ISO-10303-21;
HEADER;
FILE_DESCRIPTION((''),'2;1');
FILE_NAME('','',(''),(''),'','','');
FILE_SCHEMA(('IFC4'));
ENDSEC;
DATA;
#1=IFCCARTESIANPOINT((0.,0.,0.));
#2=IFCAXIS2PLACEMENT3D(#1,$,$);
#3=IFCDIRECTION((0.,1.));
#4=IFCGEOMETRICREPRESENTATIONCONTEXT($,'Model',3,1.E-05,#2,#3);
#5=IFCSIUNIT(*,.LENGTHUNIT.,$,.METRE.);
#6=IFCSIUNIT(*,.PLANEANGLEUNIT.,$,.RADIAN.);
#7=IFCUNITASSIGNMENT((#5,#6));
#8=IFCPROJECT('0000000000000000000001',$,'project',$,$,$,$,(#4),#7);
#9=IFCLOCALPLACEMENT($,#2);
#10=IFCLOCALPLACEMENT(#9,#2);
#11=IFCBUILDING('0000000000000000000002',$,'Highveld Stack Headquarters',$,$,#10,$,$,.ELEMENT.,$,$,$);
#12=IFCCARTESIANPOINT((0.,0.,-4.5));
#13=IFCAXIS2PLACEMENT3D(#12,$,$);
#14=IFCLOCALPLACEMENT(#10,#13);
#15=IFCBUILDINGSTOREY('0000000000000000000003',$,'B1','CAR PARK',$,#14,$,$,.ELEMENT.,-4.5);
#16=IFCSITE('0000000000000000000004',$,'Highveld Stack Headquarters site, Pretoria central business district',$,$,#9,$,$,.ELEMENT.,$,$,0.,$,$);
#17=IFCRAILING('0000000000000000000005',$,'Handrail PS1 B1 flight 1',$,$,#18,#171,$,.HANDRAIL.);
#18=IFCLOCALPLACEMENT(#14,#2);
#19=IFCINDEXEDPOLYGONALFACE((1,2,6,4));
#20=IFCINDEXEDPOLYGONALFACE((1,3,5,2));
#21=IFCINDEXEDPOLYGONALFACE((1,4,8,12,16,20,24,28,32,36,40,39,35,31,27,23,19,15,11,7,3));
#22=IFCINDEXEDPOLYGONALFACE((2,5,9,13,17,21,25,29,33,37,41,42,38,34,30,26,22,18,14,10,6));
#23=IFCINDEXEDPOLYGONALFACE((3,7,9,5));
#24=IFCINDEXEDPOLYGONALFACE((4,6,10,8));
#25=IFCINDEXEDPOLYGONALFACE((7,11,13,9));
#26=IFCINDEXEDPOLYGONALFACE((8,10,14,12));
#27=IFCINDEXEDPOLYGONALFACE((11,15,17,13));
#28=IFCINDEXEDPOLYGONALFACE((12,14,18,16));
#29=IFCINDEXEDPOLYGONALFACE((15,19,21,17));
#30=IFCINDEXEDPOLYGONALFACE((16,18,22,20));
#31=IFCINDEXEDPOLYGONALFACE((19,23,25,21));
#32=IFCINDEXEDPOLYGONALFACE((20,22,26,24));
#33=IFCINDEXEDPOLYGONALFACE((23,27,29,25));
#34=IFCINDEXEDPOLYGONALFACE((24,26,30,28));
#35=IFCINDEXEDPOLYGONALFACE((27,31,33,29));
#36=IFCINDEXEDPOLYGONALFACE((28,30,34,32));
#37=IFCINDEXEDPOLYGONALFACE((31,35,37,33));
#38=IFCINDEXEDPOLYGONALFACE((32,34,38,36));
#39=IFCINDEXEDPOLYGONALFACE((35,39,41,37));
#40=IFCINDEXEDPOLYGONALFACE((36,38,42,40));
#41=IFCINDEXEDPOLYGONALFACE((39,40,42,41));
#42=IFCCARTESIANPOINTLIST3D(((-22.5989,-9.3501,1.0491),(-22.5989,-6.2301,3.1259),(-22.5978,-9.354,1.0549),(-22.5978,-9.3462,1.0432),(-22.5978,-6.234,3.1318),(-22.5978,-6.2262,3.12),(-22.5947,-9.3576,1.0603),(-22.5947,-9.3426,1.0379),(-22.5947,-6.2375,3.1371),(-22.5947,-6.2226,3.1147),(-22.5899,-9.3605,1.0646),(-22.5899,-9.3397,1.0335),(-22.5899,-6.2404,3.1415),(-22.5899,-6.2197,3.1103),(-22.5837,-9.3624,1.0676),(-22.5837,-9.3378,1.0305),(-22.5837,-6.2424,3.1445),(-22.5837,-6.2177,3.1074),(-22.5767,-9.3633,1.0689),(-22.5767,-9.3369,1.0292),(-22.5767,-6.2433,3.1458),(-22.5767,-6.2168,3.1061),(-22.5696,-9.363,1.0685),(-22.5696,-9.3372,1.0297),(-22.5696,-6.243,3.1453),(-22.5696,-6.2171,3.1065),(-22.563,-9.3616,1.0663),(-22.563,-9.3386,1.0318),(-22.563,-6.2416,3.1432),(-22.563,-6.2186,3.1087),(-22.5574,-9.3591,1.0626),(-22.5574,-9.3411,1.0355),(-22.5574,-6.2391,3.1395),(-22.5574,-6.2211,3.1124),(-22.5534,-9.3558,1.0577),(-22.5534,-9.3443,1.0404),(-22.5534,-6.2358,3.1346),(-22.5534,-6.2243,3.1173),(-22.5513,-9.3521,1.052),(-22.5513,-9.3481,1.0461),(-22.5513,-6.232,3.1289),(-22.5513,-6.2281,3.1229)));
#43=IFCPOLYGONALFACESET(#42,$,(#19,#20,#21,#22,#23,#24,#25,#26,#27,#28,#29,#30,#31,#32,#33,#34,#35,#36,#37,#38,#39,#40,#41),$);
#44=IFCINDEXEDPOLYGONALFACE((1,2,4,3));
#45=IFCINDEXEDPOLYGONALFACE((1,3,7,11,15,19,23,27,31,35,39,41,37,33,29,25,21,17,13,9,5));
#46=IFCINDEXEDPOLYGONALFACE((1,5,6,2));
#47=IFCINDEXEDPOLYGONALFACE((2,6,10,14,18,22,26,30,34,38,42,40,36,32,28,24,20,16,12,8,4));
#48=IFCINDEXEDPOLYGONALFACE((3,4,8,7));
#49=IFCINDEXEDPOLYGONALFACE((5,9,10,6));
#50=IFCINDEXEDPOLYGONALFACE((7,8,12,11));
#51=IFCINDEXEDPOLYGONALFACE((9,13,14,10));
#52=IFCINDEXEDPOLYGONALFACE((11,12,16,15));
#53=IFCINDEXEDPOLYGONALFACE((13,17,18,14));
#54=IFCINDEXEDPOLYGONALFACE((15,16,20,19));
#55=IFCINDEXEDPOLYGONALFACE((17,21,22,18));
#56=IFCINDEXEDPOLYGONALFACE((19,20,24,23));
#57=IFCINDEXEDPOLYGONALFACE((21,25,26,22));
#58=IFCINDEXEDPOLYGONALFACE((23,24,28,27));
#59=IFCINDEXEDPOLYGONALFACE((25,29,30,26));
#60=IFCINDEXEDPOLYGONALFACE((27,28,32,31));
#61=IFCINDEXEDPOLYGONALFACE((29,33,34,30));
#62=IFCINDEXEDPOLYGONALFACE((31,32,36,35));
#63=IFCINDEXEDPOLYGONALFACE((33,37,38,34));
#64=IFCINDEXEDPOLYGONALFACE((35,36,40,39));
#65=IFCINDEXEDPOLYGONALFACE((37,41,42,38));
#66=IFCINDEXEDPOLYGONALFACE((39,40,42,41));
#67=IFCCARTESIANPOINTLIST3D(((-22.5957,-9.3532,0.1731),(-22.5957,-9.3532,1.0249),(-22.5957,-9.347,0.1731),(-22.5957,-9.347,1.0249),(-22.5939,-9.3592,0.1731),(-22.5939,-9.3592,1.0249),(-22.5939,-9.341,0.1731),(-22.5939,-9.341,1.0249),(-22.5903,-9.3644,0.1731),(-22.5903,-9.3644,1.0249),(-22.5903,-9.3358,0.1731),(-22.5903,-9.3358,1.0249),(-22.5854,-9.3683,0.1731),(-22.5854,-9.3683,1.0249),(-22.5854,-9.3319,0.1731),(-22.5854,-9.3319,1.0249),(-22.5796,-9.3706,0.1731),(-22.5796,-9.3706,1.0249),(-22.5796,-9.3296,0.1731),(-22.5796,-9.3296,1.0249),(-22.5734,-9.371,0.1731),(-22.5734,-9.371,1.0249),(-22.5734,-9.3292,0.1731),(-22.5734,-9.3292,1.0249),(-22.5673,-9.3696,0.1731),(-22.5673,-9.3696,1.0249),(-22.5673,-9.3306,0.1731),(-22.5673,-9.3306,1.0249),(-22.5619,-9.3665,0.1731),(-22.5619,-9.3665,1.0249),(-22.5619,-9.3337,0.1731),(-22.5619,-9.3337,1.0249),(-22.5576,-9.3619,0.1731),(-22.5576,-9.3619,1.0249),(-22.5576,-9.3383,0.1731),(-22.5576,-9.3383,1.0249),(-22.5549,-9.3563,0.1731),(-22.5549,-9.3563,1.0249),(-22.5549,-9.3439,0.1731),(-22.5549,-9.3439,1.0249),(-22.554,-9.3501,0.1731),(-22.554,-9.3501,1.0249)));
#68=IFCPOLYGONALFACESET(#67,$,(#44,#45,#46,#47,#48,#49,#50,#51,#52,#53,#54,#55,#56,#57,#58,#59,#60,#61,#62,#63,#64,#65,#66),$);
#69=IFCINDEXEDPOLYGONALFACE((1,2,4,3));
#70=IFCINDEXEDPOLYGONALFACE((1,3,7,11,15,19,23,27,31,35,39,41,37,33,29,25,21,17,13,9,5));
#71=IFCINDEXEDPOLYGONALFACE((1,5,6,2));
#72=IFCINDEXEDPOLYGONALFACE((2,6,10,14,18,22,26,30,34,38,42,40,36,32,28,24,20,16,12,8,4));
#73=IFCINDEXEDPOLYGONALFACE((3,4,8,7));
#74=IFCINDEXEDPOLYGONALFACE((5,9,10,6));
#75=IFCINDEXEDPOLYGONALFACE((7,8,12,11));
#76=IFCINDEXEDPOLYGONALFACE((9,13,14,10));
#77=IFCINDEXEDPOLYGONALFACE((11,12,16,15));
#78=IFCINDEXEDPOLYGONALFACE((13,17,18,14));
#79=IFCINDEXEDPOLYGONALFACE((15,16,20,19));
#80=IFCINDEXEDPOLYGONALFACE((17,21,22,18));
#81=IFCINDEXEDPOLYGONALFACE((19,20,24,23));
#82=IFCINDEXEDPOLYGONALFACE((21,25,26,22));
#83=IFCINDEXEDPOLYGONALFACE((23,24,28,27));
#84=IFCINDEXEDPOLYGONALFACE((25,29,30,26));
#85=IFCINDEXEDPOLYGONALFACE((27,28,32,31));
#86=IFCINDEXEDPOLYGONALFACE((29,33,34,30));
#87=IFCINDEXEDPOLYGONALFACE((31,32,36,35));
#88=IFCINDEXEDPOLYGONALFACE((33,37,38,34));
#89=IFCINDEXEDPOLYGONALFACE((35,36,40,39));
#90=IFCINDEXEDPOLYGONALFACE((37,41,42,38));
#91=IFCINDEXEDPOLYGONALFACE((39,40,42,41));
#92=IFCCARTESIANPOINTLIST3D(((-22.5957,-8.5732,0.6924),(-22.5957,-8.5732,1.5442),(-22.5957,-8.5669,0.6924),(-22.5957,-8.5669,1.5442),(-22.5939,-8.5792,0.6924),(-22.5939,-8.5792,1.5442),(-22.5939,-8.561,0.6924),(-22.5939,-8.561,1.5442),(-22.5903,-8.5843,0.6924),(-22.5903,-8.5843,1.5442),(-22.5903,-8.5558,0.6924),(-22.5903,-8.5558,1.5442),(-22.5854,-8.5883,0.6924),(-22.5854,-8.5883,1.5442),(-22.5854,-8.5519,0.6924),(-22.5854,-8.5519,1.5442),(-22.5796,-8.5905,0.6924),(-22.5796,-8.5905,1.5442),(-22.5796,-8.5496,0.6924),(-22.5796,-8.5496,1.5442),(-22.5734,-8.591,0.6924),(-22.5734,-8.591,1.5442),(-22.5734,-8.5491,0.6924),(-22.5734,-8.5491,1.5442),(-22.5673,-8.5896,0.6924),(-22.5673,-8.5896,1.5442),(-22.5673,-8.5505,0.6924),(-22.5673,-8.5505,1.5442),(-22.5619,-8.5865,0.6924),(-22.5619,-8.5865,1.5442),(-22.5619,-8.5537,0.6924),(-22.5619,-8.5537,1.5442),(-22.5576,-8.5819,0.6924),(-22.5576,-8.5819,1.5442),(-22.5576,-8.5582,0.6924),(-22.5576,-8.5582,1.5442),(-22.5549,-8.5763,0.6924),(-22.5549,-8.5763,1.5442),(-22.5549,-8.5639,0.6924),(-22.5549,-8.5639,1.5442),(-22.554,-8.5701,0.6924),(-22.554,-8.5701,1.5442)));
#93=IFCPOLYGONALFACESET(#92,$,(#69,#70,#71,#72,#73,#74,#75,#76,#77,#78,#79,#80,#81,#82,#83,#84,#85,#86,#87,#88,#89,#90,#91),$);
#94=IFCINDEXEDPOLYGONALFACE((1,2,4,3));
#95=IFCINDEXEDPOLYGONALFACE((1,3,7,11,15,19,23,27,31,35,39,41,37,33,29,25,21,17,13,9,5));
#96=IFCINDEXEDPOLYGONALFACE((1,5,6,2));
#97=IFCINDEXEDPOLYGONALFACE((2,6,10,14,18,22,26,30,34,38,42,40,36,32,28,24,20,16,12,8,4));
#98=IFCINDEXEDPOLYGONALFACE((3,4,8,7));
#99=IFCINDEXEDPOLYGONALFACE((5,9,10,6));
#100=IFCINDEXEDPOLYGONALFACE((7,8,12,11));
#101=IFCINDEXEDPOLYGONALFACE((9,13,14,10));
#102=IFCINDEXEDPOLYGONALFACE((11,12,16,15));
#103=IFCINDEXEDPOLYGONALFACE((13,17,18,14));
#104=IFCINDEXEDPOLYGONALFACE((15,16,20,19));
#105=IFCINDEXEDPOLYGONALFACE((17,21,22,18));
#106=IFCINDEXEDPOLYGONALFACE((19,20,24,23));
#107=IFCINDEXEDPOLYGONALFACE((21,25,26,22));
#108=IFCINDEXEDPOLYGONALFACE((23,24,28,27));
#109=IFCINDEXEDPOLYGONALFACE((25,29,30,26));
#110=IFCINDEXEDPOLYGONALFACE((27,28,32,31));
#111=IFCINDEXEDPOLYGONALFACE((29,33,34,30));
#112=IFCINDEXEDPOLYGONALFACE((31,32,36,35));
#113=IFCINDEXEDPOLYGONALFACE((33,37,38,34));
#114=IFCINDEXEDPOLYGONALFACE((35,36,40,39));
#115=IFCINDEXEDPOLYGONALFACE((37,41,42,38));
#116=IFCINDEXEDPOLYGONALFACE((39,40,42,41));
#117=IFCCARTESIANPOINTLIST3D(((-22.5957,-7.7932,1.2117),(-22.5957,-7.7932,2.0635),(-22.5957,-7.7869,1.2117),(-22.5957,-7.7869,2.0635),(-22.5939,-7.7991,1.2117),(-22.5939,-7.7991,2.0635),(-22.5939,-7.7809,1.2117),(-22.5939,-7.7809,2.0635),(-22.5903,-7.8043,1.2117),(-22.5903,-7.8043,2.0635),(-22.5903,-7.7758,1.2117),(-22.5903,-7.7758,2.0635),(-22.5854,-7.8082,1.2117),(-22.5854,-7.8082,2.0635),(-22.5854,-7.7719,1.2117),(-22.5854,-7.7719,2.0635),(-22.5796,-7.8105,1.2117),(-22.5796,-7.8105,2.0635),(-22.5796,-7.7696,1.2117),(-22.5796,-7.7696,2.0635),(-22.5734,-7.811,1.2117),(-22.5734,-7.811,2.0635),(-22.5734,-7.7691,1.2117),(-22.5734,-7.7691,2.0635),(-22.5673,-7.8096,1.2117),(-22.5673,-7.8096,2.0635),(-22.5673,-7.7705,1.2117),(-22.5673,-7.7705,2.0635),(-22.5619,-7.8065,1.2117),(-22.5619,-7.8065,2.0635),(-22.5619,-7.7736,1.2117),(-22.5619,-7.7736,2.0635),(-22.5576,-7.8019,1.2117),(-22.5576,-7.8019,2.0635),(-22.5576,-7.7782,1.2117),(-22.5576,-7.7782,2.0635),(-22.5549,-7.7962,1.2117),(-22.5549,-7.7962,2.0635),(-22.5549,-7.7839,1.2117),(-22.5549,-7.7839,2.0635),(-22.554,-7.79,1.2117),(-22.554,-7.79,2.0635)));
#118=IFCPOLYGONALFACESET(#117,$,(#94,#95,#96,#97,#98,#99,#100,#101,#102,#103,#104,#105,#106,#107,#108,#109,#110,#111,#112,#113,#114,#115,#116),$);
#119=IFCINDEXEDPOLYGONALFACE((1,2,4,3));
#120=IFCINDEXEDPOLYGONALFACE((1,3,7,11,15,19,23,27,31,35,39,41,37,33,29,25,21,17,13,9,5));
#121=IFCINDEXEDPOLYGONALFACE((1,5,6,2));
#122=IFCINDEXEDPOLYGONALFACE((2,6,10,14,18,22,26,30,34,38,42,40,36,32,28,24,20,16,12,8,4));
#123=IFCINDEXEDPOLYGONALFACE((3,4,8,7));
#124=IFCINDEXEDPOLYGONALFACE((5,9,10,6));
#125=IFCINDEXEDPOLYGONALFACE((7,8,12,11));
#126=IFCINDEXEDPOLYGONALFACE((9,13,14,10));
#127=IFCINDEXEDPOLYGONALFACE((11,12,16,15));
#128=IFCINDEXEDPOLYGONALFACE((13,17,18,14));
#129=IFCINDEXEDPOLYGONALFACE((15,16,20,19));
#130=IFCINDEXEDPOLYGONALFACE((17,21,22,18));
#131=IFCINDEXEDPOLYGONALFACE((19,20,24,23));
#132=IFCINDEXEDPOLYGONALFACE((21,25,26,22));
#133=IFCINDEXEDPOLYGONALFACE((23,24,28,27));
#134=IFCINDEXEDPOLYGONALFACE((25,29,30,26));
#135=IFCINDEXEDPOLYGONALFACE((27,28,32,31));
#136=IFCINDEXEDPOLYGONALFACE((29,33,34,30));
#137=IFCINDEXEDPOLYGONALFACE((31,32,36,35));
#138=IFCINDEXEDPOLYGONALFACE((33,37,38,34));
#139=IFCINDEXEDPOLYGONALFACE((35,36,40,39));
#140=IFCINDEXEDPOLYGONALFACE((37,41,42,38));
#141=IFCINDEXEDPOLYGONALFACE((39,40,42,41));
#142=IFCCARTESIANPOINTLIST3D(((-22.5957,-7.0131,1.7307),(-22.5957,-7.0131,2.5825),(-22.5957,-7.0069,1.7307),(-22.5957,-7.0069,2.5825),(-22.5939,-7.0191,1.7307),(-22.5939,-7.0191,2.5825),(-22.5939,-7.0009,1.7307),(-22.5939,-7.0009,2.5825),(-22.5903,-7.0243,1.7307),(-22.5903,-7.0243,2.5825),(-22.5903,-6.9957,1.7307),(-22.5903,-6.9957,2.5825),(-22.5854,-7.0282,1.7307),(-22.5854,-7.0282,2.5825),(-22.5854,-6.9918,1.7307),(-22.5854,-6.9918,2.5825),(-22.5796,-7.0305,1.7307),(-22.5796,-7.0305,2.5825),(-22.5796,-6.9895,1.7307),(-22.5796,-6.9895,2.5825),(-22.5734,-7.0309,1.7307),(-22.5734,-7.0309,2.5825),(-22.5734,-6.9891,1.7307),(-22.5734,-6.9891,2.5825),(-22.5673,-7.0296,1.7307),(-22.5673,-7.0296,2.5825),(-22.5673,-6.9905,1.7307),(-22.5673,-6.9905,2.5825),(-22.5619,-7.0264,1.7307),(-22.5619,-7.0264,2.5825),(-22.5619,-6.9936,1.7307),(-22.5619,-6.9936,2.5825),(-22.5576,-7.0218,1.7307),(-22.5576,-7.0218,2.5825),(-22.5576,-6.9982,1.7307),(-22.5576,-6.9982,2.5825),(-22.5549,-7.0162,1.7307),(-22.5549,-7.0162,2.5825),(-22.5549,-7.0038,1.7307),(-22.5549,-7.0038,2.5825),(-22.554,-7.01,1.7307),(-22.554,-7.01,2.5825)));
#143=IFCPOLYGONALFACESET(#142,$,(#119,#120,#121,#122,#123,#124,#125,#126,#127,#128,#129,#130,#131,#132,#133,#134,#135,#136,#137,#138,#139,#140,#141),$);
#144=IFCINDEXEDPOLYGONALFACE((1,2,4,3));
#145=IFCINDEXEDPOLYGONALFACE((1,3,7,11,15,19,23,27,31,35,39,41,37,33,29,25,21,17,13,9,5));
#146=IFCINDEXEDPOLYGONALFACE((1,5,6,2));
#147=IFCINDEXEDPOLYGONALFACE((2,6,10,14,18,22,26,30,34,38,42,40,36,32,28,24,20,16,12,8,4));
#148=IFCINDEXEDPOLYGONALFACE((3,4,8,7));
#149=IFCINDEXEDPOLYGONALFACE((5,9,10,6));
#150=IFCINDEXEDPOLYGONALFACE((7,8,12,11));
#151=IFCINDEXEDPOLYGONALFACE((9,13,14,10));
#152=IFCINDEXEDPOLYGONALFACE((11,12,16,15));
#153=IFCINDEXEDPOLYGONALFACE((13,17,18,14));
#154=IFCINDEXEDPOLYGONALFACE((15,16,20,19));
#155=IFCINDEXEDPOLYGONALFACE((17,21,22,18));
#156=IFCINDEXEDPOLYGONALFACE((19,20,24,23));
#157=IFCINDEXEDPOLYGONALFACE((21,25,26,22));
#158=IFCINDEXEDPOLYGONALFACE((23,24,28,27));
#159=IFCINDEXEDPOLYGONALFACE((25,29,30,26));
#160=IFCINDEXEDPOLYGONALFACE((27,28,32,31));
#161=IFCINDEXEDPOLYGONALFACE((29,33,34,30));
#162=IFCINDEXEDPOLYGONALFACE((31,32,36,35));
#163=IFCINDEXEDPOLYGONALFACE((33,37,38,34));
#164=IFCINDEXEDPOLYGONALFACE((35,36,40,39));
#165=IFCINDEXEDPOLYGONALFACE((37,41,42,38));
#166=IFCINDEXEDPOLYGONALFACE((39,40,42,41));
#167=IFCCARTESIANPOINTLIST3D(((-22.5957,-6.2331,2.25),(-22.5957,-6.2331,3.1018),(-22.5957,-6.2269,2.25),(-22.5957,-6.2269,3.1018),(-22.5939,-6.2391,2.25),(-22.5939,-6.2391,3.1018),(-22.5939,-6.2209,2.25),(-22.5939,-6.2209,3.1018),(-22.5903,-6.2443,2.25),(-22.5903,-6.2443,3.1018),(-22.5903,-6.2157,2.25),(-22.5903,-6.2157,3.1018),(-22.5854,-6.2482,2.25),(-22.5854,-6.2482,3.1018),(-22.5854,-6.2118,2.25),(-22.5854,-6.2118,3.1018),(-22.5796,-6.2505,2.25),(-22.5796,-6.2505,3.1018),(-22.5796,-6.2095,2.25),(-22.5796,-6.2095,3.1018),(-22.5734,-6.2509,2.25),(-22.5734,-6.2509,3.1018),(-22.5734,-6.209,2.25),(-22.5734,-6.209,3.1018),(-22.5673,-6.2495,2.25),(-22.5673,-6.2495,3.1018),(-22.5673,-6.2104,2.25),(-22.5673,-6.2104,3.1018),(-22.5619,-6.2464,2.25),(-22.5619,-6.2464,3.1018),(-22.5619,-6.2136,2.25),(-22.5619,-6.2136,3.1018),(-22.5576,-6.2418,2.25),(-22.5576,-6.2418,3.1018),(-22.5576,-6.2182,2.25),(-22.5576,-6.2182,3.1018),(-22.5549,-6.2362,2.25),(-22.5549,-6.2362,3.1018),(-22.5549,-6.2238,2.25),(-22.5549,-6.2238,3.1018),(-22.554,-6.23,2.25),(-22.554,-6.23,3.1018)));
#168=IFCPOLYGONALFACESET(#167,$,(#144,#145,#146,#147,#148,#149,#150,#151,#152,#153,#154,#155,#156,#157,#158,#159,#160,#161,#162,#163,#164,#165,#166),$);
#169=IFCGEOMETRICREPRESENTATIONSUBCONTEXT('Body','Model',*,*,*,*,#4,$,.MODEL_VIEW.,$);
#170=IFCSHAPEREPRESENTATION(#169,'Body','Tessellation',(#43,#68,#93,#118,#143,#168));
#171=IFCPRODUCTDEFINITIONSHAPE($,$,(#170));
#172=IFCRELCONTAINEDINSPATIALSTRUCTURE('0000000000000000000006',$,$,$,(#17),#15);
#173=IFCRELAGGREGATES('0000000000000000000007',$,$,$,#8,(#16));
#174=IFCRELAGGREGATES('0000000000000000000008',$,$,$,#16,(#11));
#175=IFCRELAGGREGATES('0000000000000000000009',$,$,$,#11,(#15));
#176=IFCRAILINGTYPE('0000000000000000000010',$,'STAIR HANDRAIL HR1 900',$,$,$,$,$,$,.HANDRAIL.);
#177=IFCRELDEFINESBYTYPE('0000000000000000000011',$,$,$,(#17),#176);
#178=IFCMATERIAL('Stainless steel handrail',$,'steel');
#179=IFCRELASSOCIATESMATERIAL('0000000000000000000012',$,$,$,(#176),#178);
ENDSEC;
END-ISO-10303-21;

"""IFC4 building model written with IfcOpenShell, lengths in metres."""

from ifc_helpers import new_model, si_unit, direction, frame, origin, origin_2d, place, context, subcontext, project, spatial, circle, extrude, material, type_object, element, save


model = new_model("IFC4")

# Units and contexts
model_context = context("Model", 3, precision=1e-05, world=origin(), true_north=direction((0.0, 1.0)))
body_context = subcontext(model_context, "Body", "Model", "MODEL_VIEW")
ifc_project = project(units=[si_unit("LENGTHUNIT", "METRE"), si_unit("PLANEANGLEUNIT", "RADIAN")], contexts=[model_context])

# Site, building, storey
site_placement = place(None, origin())
site = spatial("IfcSite", under=ifc_project, at=site_placement, Name="Highveld Stack Headquarters site, Pretoria central business district", CompositionType="ELEMENT", RefElevation=0.0)
building_placement = place(site_placement, origin())
building = spatial("IfcBuilding", under=site, at=building_placement, Name="Highveld Stack Headquarters", CompositionType="ELEMENT")
storey_placement = place(building_placement, frame((0.0, 0.0, -4.5)))
storey = spatial("IfcBuildingStorey", under=building, at=storey_placement, Name="B1", Description="CAR PARK", CompositionType="ELEMENT", Elevation=-4.5)

# Railing
ifc_material_1 = material(Name="Stainless steel handrail", Category="steel")
railing_type_1 = type_object("IfcRailingType", Name="STAIR HANDRAIL HR1 900", PredefinedType="HANDRAIL", material=ifc_material_1)
for number, where, name in (
    (1, (-22.575, -9.3501, 0.1731), "Handrail PS1 B1 flight 1"),
):
    element("IfcRailing", number, at=place(storey_placement, frame(where)), inside=storey, type_object=railing_type_1, Name=name, PredefinedType="HANDRAIL", context=body_context, shape_type="SweptSolid", body=[
        extrude(circle(Radius=0.0239, at=origin_2d()), frame((0.0, 0.0, 0.876), z_axis=(0.0, 0.832441, 0.554114), x_axis=(-1.0, 0.0, 0.0)), (0.0, 0.0, 1.0), 3.748),
        extrude(circle(Radius=0.021, at=origin_2d()), origin(), (0.0, 0.0, 1.0), 0.8518),
        extrude(circle(Radius=0.021, at=origin_2d()), frame((0.0, 0.78, 0.5193)), (0.0, 0.0, 1.0), 0.8518),
        extrude(circle(Radius=0.021, at=origin_2d()), frame((0.0, 1.5601, 1.0386)), (0.0, 0.0, 1.0), 0.8518),
        extrude(circle(Radius=0.021, at=origin_2d()), frame((0.0, 2.3401, 1.5576)), (0.0, 0.0, 1.0), 0.8518),
        extrude(circle(Radius=0.021, at=origin_2d()), frame((0.0, 3.1201, 2.0769)), (0.0, 0.0, 1.0), 0.8518),
    ])

save(model, "model.ifc")
